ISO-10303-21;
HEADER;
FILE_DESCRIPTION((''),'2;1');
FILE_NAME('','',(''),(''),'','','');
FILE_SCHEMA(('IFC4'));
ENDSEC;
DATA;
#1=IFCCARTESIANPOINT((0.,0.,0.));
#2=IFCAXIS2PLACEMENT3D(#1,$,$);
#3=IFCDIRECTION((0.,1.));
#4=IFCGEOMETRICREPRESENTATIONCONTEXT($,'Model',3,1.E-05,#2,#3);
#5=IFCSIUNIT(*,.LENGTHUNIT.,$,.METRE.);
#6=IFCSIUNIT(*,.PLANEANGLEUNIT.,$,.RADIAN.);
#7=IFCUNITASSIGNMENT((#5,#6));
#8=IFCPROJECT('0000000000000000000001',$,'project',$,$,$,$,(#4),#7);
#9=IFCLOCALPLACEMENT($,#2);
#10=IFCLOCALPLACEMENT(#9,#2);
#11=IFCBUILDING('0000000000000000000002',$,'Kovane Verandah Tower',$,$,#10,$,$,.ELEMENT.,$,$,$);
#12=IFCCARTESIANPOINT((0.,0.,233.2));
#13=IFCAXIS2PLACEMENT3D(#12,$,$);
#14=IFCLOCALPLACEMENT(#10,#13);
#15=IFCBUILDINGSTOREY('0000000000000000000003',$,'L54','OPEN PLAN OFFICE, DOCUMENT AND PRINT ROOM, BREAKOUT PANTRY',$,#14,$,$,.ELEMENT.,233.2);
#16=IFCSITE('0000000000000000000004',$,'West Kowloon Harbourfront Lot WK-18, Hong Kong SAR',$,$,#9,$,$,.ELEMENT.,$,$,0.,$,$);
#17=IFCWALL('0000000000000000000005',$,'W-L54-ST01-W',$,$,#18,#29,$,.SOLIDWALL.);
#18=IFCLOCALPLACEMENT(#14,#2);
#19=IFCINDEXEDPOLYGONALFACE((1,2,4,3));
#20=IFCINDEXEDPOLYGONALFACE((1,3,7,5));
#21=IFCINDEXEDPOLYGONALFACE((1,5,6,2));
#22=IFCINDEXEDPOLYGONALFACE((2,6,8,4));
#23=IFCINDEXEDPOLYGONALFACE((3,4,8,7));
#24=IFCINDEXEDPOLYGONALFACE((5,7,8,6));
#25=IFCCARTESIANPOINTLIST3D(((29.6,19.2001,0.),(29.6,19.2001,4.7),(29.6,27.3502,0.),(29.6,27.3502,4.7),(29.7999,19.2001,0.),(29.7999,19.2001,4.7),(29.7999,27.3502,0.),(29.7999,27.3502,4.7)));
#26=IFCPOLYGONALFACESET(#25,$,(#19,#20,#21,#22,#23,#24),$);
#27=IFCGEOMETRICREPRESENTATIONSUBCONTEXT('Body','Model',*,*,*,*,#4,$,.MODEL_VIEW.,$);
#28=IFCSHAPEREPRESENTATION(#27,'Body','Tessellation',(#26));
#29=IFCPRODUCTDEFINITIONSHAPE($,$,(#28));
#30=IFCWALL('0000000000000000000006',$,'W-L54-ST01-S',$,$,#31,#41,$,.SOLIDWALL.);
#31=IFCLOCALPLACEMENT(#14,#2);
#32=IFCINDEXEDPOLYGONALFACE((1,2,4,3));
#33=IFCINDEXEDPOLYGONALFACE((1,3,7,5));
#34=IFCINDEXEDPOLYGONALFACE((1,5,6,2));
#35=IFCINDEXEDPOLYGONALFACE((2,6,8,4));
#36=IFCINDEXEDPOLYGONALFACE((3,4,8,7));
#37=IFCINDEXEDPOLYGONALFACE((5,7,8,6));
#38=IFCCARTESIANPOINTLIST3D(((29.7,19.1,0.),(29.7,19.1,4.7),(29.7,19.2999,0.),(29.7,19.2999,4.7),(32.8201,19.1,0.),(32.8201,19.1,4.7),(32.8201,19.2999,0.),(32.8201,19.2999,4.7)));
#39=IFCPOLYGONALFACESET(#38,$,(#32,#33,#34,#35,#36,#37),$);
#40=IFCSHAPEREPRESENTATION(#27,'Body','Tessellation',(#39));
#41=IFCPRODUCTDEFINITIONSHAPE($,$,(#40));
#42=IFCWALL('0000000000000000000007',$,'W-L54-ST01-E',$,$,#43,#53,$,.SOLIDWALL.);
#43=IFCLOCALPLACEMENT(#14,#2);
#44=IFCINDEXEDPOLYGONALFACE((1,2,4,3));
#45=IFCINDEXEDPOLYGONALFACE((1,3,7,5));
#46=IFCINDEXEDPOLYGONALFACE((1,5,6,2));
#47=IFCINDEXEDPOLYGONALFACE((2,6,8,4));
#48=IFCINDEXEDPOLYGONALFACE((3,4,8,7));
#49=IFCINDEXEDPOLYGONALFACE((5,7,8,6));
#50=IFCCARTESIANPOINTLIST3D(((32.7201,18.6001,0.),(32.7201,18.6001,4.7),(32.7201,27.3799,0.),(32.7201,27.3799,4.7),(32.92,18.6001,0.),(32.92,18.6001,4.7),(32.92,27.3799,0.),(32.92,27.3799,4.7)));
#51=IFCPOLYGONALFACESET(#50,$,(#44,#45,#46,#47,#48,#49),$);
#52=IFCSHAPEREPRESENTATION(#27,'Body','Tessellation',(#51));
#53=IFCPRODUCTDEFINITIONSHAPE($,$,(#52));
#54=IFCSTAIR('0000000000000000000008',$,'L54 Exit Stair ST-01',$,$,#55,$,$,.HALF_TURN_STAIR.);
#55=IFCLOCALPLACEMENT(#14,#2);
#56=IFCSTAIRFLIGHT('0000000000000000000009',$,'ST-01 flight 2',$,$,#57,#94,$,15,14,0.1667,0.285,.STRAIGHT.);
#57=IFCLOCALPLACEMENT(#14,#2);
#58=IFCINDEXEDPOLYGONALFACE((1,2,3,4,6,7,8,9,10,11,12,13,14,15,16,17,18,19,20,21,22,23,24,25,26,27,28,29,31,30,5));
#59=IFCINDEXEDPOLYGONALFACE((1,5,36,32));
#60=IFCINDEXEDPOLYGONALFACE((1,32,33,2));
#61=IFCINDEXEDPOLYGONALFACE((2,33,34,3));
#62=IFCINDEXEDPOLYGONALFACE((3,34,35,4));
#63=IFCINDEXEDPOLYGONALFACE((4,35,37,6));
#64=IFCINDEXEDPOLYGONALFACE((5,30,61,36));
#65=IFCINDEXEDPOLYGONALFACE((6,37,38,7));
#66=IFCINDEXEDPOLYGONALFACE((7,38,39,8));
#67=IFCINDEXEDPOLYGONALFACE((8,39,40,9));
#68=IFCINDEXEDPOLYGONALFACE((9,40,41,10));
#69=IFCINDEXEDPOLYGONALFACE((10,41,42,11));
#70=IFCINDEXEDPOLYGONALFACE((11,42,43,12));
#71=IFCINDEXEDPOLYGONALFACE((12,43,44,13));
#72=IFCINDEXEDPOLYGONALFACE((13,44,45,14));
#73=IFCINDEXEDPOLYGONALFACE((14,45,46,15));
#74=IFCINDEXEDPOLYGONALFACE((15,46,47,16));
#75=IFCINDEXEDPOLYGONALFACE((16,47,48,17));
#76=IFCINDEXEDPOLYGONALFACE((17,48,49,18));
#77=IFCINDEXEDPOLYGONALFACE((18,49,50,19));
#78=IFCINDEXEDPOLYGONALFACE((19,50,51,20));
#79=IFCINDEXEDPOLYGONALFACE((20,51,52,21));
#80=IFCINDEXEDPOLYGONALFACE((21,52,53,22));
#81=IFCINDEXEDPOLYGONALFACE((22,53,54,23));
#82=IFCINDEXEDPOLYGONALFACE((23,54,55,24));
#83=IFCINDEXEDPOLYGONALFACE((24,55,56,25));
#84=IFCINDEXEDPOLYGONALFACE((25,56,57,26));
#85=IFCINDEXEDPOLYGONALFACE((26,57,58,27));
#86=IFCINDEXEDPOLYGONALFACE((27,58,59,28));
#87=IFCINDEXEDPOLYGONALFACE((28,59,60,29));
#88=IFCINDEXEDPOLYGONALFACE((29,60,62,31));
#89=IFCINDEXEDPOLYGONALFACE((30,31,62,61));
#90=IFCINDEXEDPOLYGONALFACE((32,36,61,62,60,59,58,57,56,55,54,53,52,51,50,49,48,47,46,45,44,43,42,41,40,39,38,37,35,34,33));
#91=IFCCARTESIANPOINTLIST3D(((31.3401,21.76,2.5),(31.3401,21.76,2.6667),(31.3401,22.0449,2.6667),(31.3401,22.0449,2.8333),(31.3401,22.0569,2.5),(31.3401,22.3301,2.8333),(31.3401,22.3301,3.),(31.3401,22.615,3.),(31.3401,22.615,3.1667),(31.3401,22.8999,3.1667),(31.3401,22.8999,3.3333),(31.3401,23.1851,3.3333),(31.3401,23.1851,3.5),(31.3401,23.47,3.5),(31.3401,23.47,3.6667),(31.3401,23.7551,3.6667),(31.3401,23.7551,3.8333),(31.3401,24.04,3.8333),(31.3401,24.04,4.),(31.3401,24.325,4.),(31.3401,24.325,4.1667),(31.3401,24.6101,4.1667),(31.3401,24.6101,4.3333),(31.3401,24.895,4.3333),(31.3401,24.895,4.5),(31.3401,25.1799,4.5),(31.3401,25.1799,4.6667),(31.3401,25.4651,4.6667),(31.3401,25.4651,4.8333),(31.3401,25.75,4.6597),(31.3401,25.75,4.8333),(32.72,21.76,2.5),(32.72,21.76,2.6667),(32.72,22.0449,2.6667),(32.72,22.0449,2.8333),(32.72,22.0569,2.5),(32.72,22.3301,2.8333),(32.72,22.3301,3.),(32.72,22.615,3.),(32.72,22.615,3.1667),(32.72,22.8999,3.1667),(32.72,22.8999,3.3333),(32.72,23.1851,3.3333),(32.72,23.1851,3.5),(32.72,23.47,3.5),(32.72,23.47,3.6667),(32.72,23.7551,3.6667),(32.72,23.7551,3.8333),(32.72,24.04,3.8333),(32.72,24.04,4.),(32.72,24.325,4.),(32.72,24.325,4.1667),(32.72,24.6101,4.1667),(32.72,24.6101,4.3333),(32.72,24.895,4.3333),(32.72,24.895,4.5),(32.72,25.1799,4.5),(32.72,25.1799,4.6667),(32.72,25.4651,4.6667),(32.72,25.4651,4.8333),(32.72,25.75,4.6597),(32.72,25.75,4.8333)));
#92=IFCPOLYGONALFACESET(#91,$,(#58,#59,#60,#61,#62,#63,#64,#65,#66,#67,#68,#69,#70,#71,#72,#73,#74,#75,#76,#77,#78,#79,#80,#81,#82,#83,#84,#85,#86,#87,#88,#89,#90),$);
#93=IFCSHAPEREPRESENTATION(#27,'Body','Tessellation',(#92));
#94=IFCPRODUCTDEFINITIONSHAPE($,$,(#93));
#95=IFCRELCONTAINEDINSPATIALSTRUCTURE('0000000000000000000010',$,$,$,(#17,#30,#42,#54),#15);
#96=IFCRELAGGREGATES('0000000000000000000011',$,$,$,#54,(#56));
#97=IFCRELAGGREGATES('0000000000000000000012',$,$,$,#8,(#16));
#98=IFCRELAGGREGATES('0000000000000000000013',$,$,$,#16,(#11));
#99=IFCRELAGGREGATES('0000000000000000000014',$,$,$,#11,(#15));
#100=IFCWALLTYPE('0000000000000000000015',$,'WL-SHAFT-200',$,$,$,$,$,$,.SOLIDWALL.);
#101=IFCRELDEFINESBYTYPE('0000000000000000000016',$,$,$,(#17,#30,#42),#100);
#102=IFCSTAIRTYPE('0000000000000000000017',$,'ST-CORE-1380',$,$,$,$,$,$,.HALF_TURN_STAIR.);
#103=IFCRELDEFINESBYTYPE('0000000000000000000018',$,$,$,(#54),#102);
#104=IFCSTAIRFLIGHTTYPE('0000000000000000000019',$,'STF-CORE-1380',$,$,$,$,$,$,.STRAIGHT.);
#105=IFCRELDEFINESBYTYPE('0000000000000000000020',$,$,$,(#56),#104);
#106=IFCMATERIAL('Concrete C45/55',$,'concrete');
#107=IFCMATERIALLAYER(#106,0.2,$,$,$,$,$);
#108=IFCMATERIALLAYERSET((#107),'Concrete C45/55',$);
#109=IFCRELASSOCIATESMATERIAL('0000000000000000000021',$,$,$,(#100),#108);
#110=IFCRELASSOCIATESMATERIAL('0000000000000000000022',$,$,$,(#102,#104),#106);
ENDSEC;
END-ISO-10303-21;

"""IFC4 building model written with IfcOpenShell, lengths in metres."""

from ifc_helpers import new_model, si_unit, direction, frame, frame_2d, origin, place, context, subcontext, project, spatial, polyline, rectangle, outline, extrude, material, layer, layer_set, type_object, element, aggregate, save


model = new_model("IFC4")

# Units and contexts
model_context = context("Model", 3, precision=1e-05, world=origin(), true_north=direction((0.0, 1.0)))
body_context = subcontext(model_context, "Body", "Model", "MODEL_VIEW")
ifc_project = project(units=[si_unit("LENGTHUNIT", "METRE"), si_unit("PLANEANGLEUNIT", "RADIAN")], contexts=[model_context])

# Site, building, storey
site_placement = place(None, origin())
site = spatial("IfcSite", under=ifc_project, at=site_placement, Name="West Kowloon Harbourfront Lot WK-18, Hong Kong SAR", CompositionType="ELEMENT", RefElevation=0.0)
building_placement = place(site_placement, origin())
building = spatial("IfcBuilding", under=site, at=building_placement, Name="Kovane Verandah Tower", CompositionType="ELEMENT")
storey_placement = place(building_placement, frame((0.0, 0.0, 233.2)))
storey = spatial("IfcBuildingStorey", under=building, at=storey_placement, Name="L54", Description="OPEN PLAN OFFICE, DOCUMENT AND PRINT ROOM, BREAKOUT PANTRY", CompositionType="ELEMENT", Elevation=233.2)

# Walls
ifc_material_1 = material(Name="Concrete C45/55", Category="concrete")
ifc_layer_1 = layer(ifc_material_1, 0.2)
ifc_layer_set_1 = layer_set([ifc_layer_1], Name="Concrete C45/55")
wall_type_1 = type_object("IfcWallType", Name="WL-SHAFT-200", PredefinedType="SOLIDWALL", material=ifc_layer_set_1)
wall_1_placement = place(storey_placement, frame((29.7, 19.2, 0.0), z_axis=(0.0, 0.0, 1.0), x_axis=(0.0, 1.0, 0.0)))
element("IfcWall", 1, at=wall_1_placement, inside=storey, type_object=wall_type_1, Name="W-L54-ST01-W", PredefinedType="SOLIDWALL", context=body_context, shape_type="SweptSolid", body=[
    extrude(rectangle(XDim=8.1501, YDim=0.2, at=frame_2d((4.0752, 0.0))), origin(), (0.0, 0.0, 1.0), 4.7),
])
wall_2_placement = place(storey_placement, frame((29.7, 19.2, 0.0), z_axis=(0.0, 0.0, 1.0), x_axis=(1.0, 0.0, 0.0)))
element("IfcWall", 2, at=wall_2_placement, inside=storey, type_object=wall_type_1, Name="W-L54-ST01-S", PredefinedType="SOLIDWALL", context=body_context, shape_type="SweptSolid", body=[
    extrude(rectangle(XDim=3.1201, YDim=0.2, at=frame_2d((1.5601, 0.0))), origin(), (0.0, 0.0, 1.0), 4.7),
])
wall_3_placement = place(storey_placement, frame((32.8201, 18.6001, 0.0), z_axis=(0.0, 0.0, 1.0), x_axis=(0.0, 1.0, 0.0)))
element("IfcWall", 3, at=wall_3_placement, inside=storey, type_object=wall_type_1, Name="W-L54-ST01-E", PredefinedType="SOLIDWALL", context=body_context, shape_type="SweptSolid", body=[
    extrude(rectangle(XDim=8.7798, YDim=0.2, at=frame_2d((4.3899, 0.0))), origin(), (0.0, 0.0, 1.0), 4.7),
])

# Stair, stair flight
stair_type = type_object("IfcStairType", Name="ST-CORE-1380", PredefinedType="HALF_TURN_STAIR", material=ifc_material_1)
stair_placement = place(storey_placement, origin())
stair = element("IfcStair", 4, at=stair_placement, inside=storey, type_object=stair_type, Name="L54 Exit Stair ST-01", PredefinedType="HALF_TURN_STAIR")
stair_flight_type = type_object("IfcStairFlightType", Name="STF-CORE-1380", PredefinedType="STRAIGHT", material=ifc_material_1)
stair_flight_placement = place(storey_placement, frame((32.03, 21.76, 2.5), z_axis=(0.0, 0.0, 1.0), x_axis=(0.0, 1.0, 0.0)))
stair_flight = element("IfcStairFlight", 5, at=stair_flight_placement, type_object=stair_flight_type, Name="ST-01 flight 2", NumberOfRisers=15, NumberOfTreads=14, PredefinedType="STRAIGHT", RiserHeight=0.1667, TreadLength=0.285, context=body_context, shape_type="SweptSolid", body=[
    extrude(outline(polyline([(0.0, 0.0), (0.0, 0.1667), (0.2849, 0.1667), (0.2849, 0.3333), (0.5701, 0.3333), (0.5701, 0.5), (0.855, 0.5), (0.855, 0.6667), (1.1399, 0.6667), (1.1399, 0.8333), (1.425, 0.8333), (1.425, 1.0), (1.71, 1.0), (1.71, 1.1667), (1.9951, 1.1667), (1.9951, 1.3333), (2.28, 1.3333), (2.28, 1.5), (2.5649, 1.5), (2.5649, 1.6667), (2.8501, 1.6667), (2.8501, 1.8333), (3.135, 1.8333), (3.135, 2.0), (3.4199, 2.0), (3.4199, 2.1667), (3.7051, 2.1667), (3.7051, 2.3333), (3.99, 2.3333), (3.99, 2.5), (3.99, 2.1597), (0.2969, 0.0), (0.0, 0.0)])), frame((0.0, 0.6899, 0.0), z_axis=(0.0, -1.0, 0.0), x_axis=(1.0, 0.0, 0.0)), (0.0, 0.0, 1.0), 1.3799),
])
aggregate(stair, [stair_flight])

save(model, "model.ifc")
